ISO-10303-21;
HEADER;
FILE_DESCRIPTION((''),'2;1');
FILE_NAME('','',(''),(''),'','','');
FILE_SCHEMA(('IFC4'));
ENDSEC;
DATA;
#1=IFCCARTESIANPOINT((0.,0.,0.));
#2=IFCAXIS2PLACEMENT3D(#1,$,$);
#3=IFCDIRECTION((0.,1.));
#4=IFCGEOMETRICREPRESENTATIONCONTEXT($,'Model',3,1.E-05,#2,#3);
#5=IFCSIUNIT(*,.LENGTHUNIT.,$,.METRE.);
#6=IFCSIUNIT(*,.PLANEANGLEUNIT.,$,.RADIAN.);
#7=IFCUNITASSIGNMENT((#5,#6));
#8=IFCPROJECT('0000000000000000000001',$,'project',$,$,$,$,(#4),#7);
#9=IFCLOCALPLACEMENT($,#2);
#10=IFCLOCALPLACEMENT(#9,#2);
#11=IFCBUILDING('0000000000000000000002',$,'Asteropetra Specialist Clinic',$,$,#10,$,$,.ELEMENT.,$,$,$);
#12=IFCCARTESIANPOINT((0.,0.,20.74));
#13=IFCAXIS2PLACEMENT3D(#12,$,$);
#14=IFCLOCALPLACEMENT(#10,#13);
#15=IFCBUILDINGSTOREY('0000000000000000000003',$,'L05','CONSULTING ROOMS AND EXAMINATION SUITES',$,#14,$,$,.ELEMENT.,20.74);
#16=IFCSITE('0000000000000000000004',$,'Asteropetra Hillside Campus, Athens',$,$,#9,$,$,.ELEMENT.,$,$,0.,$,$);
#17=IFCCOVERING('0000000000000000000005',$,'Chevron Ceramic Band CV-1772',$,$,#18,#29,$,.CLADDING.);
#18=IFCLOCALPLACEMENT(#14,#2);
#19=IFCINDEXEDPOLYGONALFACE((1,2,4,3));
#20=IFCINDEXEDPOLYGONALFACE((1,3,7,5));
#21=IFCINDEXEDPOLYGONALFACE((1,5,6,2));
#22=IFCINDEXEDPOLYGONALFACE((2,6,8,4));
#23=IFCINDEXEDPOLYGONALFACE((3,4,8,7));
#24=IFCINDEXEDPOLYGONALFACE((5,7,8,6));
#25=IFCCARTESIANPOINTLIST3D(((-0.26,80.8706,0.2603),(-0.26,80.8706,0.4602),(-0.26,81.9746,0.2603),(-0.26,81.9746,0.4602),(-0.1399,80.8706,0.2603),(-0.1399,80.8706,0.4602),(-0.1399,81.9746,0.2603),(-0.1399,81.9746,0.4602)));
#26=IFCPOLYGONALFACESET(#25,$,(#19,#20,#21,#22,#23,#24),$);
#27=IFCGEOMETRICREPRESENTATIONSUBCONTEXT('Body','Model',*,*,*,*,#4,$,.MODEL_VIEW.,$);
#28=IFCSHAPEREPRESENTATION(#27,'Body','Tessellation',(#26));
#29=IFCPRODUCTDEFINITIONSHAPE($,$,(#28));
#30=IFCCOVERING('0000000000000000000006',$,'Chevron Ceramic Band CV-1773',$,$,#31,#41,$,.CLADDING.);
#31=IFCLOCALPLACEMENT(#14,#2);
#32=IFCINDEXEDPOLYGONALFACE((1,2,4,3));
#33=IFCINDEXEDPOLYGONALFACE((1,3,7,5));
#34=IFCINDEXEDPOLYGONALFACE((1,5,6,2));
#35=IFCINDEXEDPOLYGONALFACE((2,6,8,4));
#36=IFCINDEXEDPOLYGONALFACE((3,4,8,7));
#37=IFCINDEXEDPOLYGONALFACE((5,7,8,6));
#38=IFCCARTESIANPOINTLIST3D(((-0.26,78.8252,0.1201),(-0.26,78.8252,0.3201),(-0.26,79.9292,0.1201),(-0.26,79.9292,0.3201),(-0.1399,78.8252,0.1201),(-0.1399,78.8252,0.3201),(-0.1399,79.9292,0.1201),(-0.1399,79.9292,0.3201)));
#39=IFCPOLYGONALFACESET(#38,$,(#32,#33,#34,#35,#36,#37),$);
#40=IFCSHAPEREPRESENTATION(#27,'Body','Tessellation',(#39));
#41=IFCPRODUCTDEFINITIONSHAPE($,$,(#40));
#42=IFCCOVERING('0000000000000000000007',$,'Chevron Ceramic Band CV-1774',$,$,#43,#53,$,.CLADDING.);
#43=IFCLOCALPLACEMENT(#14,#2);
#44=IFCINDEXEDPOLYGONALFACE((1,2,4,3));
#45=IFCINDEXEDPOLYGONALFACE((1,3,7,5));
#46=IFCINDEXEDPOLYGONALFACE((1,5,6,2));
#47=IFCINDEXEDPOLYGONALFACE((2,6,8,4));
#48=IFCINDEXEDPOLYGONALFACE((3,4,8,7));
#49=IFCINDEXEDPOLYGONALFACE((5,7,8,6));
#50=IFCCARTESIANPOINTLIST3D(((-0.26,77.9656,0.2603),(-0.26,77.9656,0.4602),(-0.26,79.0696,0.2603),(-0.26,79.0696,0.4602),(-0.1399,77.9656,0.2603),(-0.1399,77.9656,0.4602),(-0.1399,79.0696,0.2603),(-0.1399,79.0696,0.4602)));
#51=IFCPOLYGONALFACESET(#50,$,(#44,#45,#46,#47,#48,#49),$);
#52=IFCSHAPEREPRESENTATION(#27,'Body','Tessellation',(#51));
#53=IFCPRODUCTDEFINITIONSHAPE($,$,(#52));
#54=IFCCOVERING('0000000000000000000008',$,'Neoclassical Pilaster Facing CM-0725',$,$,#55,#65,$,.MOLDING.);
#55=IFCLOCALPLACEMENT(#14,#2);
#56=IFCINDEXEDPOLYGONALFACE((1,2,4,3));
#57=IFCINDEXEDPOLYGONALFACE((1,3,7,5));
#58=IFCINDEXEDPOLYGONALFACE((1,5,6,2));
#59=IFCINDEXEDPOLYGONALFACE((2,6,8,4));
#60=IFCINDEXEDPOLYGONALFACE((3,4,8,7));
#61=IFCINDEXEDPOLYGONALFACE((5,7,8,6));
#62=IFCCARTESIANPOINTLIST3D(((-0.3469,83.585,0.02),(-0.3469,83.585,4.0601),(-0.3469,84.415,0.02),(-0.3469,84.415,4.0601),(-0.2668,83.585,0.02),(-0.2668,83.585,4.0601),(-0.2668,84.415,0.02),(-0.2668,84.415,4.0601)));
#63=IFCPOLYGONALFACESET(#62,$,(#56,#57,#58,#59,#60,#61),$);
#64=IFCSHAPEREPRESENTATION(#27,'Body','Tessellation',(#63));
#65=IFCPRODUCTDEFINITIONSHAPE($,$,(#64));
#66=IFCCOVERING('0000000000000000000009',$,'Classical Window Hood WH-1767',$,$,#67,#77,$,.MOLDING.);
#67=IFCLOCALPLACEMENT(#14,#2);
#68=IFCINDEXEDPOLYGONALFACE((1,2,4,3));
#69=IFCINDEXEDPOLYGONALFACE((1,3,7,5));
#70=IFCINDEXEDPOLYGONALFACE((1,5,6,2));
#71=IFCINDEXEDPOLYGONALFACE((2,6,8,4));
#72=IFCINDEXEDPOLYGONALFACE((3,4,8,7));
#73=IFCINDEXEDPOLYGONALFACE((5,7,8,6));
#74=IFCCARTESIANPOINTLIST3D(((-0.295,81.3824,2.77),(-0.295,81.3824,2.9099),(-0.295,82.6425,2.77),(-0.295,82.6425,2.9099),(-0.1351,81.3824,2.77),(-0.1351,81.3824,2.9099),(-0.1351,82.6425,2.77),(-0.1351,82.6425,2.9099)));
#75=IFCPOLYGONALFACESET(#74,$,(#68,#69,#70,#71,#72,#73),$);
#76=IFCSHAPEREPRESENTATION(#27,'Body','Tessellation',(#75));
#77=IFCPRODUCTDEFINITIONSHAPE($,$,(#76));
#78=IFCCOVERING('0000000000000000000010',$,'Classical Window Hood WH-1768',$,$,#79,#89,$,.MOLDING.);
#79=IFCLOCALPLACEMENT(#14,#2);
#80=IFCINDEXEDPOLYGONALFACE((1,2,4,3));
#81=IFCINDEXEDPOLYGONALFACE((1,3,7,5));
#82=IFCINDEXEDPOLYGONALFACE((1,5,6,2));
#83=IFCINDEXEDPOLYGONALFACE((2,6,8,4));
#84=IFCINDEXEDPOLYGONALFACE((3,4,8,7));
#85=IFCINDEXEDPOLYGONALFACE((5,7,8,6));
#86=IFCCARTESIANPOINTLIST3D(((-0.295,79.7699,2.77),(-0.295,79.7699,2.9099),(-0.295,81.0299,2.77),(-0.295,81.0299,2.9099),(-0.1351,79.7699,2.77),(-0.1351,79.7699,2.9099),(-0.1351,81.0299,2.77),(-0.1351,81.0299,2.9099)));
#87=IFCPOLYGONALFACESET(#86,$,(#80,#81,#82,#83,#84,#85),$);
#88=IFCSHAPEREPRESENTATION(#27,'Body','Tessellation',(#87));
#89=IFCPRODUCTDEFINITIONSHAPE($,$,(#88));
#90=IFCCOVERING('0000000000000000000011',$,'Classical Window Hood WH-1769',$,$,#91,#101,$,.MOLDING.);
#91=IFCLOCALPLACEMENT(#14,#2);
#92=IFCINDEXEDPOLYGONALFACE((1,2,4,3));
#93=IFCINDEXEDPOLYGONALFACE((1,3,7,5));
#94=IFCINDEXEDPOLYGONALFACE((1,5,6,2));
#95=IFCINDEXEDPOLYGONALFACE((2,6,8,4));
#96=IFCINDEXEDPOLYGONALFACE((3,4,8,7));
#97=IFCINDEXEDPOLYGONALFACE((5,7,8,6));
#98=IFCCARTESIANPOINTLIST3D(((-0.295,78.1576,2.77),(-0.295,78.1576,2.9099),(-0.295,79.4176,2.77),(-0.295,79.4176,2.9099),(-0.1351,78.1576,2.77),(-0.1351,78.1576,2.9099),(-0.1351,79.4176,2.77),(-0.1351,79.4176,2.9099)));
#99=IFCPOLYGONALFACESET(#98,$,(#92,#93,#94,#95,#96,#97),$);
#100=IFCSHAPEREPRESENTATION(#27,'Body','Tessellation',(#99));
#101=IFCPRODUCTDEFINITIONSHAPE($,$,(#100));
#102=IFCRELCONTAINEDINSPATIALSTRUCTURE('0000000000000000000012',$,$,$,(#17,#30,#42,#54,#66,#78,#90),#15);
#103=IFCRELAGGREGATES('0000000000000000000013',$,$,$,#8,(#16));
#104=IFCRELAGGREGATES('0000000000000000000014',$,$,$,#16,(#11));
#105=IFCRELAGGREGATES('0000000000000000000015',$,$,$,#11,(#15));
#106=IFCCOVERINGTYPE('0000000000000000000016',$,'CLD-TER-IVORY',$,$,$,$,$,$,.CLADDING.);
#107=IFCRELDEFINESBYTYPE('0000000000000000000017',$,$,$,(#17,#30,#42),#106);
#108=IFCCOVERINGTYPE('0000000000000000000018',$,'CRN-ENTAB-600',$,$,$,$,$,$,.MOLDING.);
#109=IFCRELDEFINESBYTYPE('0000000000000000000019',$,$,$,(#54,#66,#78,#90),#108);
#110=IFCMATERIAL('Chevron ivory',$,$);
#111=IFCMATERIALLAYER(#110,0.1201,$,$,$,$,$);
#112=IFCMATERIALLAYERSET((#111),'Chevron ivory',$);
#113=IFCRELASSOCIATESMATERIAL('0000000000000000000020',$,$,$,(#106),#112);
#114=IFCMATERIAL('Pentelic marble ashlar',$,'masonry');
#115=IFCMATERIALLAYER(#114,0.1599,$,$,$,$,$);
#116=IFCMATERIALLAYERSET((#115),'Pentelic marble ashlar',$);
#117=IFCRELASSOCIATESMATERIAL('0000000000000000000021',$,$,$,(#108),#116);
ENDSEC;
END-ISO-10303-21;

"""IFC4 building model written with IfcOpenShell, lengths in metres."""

from ifc_helpers import new_model, si_unit, direction, frame, origin, origin_2d, place, context, subcontext, project, spatial, rectangle, extrude, material, layer, layer_set, type_object, element, save


model = new_model("IFC4")

# Units and contexts
model_context = context("Model", 3, precision=1e-05, world=origin(), true_north=direction((0.0, 1.0)))
body_context = subcontext(model_context, "Body", "Model", "MODEL_VIEW")
ifc_project = project(units=[si_unit("LENGTHUNIT", "METRE"), si_unit("PLANEANGLEUNIT", "RADIAN")], contexts=[model_context])

# Site, building, storey
site_placement = place(None, origin())
site = spatial("IfcSite", under=ifc_project, at=site_placement, Name="Asteropetra Hillside Campus, Athens", CompositionType="ELEMENT", RefElevation=0.0)
building_placement = place(site_placement, origin())
building = spatial("IfcBuilding", under=site, at=building_placement, Name="Asteropetra Specialist Clinic", CompositionType="ELEMENT")
storey_placement = place(building_placement, frame((0.0, 0.0, 20.74)))
storey = spatial("IfcBuildingStorey", under=building, at=storey_placement, Name="L05", Description="CONSULTING ROOMS AND EXAMINATION SUITES", CompositionType="ELEMENT", Elevation=20.74)

# Coverings
ifc_material_1 = material(Name="Chevron ivory")
ifc_layer_1 = layer(ifc_material_1, 0.1201)
ifc_layer_set_1 = layer_set([ifc_layer_1], Name="Chevron ivory")
covering_type_1 = type_object("IfcCoveringType", Name="CLD-TER-IVORY", PredefinedType="CLADDING", material=ifc_layer_set_1)
for number, where, z_axis, x_axis, name in (
    (1, (-0.2, 81.4226, 0.2603), (0.0, 0.0, 1.0), (1.0, 0.0, 0.0), "Chevron Ceramic Band CV-1772"),
    (2, (-0.2, 79.3772, 0.1201), (0.0, 0.0, 1.0), (1.0, 0.0, 0.0), "Chevron Ceramic Band CV-1773"),
    (3, (-0.2, 78.5176, 0.2603), (0.0, 0.0, 1.0), (1.0, 0.0, 0.0), "Chevron Ceramic Band CV-1774"),
):
    element("IfcCovering", number, at=place(storey_placement, frame(where, z_axis=z_axis, x_axis=x_axis)), inside=storey, type_object=covering_type_1, Name=name, PredefinedType="CLADDING", context=body_context, shape_type="SweptSolid", body=[
        extrude(rectangle(XDim=0.1201, YDim=1.104, at=origin_2d()), origin(), (0.0, 0.0, 1.0), 0.2),
    ])
ifc_material_2 = material(Name="Pentelic marble ashlar", Category="masonry")
ifc_layer_2 = layer(ifc_material_2, 0.1599)
ifc_layer_set_2 = layer_set([ifc_layer_2], Name="Pentelic marble ashlar")
covering_type_2 = type_object("IfcCoveringType", Name="CRN-ENTAB-600", PredefinedType="MOLDING", material=ifc_layer_set_2)
covering_1_placement = place(storey_placement, frame((-0.3069, 84.0, 0.02), z_axis=(0.0, 0.0, 1.0), x_axis=(1.0, 0.0, 0.0)))
element("IfcCovering", 4, at=covering_1_placement, inside=storey, type_object=covering_type_2, Name="Neoclassical Pilaster Facing CM-0725", PredefinedType="MOLDING", context=body_context, shape_type="SweptSolid", body=[
    extrude(rectangle(XDim=0.0801, YDim=0.8301, at=origin_2d()), origin(), (0.0, 0.0, 1.0), 4.04),
])
for number, where, z_axis, x_axis, name in (
    (5, (-0.2151, 82.0125, 2.77), (0.0, 0.0, 1.0), (1.0, 0.0, 0.0), "Classical Window Hood WH-1767"),
    (6, (-0.2151, 80.3999, 2.77), (0.0, 0.0, 1.0), (1.0, 0.0, 0.0), "Classical Window Hood WH-1768"),
    (7, (-0.2151, 78.7876, 2.77), (0.0, 0.0, 1.0), (1.0, 0.0, 0.0), "Classical Window Hood WH-1769"),
):
    element("IfcCovering", number, at=place(storey_placement, frame(where, z_axis=z_axis, x_axis=x_axis)), inside=storey, type_object=covering_type_2, Name=name, PredefinedType="MOLDING", context=body_context, shape_type="SweptSolid", body=[
        extrude(rectangle(XDim=0.1599, YDim=1.26, at=origin_2d()), origin(), (0.0, 0.0, 1.0), 0.1399),
    ])

save(model, "model.ifc")
